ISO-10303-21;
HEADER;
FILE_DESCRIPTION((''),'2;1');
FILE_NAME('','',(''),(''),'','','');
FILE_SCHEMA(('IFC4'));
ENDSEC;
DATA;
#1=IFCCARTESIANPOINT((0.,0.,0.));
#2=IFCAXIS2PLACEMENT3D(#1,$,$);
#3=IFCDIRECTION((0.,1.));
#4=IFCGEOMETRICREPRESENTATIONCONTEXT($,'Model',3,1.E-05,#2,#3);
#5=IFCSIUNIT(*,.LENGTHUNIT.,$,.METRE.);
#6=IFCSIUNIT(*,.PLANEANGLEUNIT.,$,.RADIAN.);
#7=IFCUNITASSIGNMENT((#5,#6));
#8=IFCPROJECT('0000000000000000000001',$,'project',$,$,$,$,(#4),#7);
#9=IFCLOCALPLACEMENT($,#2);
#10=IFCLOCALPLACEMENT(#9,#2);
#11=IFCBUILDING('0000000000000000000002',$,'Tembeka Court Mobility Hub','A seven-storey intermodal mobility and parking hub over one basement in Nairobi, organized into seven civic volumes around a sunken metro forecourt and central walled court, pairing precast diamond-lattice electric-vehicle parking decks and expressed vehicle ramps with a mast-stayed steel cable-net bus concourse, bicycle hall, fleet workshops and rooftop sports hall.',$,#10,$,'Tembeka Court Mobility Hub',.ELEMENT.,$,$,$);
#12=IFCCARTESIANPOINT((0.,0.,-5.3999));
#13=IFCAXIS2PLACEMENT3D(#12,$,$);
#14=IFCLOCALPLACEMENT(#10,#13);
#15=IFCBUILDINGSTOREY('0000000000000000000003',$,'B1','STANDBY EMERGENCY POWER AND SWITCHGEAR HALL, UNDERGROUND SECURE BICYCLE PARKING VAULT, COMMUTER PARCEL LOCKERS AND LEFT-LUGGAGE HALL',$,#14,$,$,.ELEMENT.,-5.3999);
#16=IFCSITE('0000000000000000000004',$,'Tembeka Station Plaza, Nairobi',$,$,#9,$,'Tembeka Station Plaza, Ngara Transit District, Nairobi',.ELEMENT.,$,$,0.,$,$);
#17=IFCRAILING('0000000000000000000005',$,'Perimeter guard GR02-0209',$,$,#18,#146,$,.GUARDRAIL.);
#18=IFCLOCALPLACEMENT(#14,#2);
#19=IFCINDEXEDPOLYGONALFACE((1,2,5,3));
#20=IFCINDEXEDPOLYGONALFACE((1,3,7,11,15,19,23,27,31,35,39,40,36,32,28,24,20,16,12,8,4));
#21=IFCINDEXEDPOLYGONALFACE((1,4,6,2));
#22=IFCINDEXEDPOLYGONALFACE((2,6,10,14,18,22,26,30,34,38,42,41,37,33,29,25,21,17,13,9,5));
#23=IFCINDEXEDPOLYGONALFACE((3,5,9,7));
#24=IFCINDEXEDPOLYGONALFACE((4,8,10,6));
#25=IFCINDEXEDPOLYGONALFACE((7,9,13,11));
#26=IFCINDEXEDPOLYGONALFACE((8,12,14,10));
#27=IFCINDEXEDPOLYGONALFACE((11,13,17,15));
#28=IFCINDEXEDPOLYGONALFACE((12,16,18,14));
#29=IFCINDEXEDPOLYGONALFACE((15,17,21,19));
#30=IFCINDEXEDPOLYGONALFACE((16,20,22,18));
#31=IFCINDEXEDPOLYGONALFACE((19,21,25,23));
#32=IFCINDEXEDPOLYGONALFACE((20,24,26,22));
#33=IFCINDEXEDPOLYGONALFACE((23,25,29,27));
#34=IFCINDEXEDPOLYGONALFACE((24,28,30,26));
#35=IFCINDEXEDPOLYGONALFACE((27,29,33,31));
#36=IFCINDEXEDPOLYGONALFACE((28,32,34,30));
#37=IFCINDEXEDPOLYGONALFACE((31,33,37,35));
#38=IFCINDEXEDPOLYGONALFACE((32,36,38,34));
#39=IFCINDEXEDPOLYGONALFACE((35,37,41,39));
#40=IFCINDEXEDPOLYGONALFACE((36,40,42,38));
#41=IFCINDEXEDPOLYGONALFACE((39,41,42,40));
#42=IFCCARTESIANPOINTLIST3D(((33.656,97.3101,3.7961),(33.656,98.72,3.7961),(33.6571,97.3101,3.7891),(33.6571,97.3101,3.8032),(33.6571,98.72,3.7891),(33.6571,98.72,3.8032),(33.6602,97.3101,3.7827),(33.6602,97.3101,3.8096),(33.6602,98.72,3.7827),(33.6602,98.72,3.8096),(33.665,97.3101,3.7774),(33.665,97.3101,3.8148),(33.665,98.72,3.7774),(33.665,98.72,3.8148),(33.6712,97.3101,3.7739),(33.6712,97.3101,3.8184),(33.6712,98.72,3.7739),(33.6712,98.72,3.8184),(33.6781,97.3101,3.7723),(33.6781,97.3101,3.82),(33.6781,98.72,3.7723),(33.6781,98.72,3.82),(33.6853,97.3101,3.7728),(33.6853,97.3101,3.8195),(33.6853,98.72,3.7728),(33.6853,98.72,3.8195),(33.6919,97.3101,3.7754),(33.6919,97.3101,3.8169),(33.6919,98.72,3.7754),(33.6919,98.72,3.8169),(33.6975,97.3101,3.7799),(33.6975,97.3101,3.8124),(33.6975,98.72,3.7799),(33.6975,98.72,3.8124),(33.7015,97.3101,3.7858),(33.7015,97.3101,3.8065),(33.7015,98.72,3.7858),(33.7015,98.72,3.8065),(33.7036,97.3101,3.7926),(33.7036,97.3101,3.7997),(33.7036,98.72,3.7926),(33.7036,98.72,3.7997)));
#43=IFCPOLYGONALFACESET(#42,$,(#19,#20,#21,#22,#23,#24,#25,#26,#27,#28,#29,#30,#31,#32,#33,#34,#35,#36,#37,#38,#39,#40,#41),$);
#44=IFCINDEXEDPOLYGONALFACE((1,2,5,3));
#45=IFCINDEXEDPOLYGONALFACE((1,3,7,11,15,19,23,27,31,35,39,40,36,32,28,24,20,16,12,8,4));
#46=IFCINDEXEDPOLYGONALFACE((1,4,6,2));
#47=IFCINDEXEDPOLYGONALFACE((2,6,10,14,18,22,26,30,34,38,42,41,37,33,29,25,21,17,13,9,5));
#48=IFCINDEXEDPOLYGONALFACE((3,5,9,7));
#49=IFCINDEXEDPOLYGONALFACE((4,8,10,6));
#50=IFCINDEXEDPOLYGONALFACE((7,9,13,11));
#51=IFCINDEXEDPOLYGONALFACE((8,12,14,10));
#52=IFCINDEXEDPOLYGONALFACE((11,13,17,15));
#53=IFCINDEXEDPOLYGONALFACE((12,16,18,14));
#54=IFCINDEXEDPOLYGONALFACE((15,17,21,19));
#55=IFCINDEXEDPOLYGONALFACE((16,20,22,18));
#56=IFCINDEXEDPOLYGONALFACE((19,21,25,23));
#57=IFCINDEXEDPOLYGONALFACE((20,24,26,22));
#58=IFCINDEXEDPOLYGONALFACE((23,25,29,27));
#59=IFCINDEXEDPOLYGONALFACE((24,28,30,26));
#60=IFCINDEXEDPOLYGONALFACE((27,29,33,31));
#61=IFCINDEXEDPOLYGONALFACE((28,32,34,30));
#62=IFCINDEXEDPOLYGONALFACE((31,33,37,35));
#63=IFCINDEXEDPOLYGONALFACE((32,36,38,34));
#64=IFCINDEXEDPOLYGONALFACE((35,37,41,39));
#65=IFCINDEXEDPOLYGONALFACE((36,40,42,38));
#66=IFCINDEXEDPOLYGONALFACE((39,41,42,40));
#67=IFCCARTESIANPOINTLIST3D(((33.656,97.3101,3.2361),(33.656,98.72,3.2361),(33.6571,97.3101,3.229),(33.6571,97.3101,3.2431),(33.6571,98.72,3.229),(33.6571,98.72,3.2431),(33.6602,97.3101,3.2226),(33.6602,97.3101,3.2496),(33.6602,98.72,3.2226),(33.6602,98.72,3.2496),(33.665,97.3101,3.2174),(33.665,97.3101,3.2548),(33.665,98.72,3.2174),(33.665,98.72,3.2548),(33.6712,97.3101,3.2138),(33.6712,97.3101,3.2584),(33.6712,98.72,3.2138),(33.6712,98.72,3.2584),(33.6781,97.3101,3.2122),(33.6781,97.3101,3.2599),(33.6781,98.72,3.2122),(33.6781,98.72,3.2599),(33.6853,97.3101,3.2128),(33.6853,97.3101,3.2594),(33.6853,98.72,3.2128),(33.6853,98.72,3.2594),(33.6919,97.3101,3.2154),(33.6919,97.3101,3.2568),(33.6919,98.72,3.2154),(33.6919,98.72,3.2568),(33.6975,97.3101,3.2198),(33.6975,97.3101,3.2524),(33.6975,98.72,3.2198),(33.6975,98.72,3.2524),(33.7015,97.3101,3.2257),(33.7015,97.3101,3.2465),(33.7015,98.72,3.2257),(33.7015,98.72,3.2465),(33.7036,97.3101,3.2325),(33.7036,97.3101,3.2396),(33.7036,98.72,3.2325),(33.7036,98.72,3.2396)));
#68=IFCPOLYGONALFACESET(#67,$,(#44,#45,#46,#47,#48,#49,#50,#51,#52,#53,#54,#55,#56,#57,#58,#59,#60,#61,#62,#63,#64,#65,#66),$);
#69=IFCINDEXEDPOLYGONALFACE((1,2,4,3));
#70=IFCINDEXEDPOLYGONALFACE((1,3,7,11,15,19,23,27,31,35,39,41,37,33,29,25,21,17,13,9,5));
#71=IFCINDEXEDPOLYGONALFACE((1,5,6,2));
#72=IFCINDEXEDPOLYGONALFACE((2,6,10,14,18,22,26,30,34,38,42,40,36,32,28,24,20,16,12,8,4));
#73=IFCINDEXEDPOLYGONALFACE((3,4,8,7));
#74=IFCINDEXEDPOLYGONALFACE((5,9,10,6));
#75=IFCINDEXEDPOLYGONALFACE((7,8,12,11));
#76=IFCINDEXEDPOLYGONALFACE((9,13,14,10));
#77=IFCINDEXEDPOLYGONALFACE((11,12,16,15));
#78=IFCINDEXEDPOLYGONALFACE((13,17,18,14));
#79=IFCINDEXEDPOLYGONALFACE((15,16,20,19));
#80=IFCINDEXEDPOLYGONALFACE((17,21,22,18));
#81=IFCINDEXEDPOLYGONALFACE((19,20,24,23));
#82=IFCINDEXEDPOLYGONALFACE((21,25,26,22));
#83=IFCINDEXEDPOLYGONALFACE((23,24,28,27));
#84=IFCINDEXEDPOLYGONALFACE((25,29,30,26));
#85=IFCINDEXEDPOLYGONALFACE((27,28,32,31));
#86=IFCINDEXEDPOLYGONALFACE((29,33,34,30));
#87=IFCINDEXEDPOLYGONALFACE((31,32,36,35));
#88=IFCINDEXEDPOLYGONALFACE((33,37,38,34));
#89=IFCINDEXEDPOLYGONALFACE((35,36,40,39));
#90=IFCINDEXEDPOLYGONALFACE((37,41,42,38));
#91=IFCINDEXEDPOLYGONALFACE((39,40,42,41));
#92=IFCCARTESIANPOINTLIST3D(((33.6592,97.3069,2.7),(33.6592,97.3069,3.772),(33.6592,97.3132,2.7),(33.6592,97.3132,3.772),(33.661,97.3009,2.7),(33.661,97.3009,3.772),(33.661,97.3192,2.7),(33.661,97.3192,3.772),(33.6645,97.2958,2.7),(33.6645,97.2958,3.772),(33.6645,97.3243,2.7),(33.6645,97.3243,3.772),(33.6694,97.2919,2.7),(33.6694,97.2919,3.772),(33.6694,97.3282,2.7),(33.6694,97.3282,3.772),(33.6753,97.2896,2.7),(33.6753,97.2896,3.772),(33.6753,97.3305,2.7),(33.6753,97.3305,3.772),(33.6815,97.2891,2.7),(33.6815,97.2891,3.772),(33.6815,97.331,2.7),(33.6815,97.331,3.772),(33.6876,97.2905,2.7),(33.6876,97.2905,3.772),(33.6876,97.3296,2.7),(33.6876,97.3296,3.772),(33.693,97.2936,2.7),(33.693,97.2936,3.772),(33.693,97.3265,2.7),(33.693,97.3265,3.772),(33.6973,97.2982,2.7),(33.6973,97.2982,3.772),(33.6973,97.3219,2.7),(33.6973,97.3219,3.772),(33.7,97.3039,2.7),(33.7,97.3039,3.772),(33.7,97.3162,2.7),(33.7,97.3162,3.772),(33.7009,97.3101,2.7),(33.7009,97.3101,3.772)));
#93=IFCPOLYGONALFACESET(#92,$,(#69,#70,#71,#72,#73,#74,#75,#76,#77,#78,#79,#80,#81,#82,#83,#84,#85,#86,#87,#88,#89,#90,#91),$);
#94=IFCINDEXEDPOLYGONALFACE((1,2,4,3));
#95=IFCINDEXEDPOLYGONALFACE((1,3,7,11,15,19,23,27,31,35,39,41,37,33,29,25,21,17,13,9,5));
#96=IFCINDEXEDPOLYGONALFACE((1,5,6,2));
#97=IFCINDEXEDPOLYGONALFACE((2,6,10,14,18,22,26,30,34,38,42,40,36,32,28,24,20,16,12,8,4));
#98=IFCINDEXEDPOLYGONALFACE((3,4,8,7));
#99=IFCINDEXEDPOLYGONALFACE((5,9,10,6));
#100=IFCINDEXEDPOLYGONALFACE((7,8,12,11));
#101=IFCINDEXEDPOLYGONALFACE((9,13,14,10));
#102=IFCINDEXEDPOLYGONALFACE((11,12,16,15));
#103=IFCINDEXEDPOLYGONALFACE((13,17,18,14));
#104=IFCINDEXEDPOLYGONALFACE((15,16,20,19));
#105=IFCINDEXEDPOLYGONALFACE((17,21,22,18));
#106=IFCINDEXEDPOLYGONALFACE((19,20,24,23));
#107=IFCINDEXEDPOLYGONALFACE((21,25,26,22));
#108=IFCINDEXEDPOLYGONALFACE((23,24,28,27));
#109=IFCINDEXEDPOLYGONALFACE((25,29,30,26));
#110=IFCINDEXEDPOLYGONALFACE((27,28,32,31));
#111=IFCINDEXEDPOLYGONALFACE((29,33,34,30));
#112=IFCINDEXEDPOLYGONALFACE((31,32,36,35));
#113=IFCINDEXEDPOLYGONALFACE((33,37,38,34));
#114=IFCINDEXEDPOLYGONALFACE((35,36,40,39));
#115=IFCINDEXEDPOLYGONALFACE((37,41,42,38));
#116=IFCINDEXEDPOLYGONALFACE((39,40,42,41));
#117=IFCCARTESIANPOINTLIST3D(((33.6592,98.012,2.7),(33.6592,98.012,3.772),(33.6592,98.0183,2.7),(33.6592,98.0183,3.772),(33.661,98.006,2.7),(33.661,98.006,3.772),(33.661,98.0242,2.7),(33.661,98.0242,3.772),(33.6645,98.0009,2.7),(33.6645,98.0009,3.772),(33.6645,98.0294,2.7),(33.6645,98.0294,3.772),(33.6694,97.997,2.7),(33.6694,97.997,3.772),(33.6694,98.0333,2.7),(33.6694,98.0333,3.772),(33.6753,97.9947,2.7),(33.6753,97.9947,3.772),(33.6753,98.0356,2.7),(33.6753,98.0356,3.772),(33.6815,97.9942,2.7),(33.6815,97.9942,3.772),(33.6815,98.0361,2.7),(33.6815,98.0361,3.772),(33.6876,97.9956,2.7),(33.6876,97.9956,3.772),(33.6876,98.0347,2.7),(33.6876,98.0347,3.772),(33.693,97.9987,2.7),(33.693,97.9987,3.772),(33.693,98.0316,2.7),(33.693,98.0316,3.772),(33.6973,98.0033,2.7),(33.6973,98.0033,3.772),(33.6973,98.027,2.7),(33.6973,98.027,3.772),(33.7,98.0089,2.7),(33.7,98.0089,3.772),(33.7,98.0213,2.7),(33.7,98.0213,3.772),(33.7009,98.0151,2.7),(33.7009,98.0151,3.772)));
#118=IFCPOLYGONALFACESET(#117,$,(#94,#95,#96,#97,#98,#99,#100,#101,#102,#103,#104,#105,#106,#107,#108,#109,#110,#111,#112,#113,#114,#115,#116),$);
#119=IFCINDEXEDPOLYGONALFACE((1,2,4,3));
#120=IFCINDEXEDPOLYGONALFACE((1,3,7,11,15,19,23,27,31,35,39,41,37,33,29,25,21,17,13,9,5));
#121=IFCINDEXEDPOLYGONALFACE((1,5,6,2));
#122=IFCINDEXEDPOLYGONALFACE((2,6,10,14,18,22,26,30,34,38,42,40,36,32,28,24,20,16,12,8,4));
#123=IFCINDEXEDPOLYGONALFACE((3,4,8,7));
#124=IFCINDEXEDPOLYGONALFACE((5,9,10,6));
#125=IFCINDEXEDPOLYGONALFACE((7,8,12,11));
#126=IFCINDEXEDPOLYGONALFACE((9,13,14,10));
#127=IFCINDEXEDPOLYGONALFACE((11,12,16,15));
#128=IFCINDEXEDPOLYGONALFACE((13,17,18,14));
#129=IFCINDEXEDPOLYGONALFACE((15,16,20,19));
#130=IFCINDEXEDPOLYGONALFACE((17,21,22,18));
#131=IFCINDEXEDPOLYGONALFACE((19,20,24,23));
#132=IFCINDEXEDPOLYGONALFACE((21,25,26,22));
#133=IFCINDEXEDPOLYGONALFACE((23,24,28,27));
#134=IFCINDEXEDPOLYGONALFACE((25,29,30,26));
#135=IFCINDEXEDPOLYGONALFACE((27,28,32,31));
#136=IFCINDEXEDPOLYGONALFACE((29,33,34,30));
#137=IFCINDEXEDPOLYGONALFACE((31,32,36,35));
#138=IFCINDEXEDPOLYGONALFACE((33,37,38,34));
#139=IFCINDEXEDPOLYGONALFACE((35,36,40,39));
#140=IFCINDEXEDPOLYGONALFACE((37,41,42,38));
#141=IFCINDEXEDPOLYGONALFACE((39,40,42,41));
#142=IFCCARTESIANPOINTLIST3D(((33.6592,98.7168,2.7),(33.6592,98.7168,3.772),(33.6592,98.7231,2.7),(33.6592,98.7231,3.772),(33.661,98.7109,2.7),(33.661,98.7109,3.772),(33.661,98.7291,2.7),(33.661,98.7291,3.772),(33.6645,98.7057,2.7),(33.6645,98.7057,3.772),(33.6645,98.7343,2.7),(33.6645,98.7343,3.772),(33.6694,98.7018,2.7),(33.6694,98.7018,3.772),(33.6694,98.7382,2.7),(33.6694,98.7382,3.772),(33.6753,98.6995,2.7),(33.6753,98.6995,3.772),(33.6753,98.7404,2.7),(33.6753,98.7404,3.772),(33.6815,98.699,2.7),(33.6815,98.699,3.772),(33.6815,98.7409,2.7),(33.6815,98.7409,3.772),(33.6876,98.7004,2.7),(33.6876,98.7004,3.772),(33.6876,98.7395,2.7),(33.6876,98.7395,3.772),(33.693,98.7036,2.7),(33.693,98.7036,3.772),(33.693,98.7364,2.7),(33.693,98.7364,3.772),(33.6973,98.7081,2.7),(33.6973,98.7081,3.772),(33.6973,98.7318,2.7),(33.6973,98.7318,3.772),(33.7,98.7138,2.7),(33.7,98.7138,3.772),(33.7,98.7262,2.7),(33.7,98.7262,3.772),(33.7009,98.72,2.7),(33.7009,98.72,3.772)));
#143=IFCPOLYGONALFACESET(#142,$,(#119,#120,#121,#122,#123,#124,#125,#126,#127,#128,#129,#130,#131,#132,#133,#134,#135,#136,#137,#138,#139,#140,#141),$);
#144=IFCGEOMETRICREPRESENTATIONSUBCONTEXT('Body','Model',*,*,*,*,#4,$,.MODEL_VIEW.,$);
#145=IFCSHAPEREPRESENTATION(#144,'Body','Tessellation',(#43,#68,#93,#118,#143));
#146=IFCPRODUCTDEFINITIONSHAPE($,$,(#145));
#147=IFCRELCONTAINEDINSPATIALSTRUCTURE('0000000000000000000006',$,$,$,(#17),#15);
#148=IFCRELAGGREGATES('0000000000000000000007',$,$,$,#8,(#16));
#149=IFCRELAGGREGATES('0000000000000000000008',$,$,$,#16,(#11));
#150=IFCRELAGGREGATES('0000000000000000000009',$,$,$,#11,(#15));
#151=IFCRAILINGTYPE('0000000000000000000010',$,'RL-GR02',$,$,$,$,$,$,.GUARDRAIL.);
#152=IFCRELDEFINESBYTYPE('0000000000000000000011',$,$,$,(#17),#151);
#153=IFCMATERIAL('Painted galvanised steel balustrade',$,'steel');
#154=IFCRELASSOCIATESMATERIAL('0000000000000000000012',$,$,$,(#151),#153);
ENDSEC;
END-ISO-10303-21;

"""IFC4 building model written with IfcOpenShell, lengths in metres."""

from ifc_helpers import new_model, si_unit, direction, frame, origin, origin_2d, place, context, subcontext, project, spatial, circle, extrude, material, type_object, element, save


model = new_model("IFC4")

# Units and contexts
model_context = context("Model", 3, precision=1e-05, world=origin(), true_north=direction((0.0, 1.0)))
body_context = subcontext(model_context, "Body", "Model", "MODEL_VIEW")
ifc_project = project(units=[si_unit("LENGTHUNIT", "METRE"), si_unit("PLANEANGLEUNIT", "RADIAN")], contexts=[model_context])

# Site, building, storey
site_placement = place(None, origin())
site = spatial("IfcSite", under=ifc_project, at=site_placement, Name="Tembeka Station Plaza, Nairobi", LongName="Tembeka Station Plaza, Ngara Transit District, Nairobi", CompositionType="ELEMENT", RefElevation=0.0)
building_placement = place(site_placement, origin())
building = spatial("IfcBuilding", under=site, at=building_placement, Name="Tembeka Court Mobility Hub", Description="A seven-storey intermodal mobility and parking hub over one basement in Nairobi, organized into seven civic volumes around a sunken metro forecourt and central walled court, pairing precast diamond-lattice electric-vehicle parking decks and expressed vehicle ramps with a mast-stayed steel cable-net bus concourse, bicycle hall, fleet workshops and rooftop sports hall.", LongName="Tembeka Court Mobility Hub", CompositionType="ELEMENT")
storey_placement = place(building_placement, frame((0.0, 0.0, -5.3999)))
storey = spatial("IfcBuildingStorey", under=building, at=storey_placement, Name="B1", Description="STANDBY EMERGENCY POWER AND SWITCHGEAR HALL, UNDERGROUND SECURE BICYCLE PARKING VAULT, COMMUTER PARCEL LOCKERS AND LEFT-LUGGAGE HALL", CompositionType="ELEMENT", Elevation=-5.3999)

# Railing
ifc_material_1 = material(Name="Painted galvanised steel balustrade", Category="steel")
railing_type = type_object("IfcRailingType", Name="RL-GR02", PredefinedType="GUARDRAIL", material=ifc_material_1)
railing_1_placement = place(storey_placement, frame((33.6799, 97.3101, 2.7)))
element("IfcRailing", 1, at=railing_1_placement, inside=storey, type_object=railing_type, Name="Perimeter guard GR02-0209", PredefinedType="GUARDRAIL", context=body_context, shape_type="SweptSolid", body=[
    extrude(circle(Radius=0.0239, at=origin_2d()), frame((0.0, 0.0, 1.0962), z_axis=(0.0, 1.0, 0.0), x_axis=(-1.0, 0.0, 0.0)), (0.0, 0.0, 1.0), 1.4099),
    extrude(circle(Radius=0.0239, at=origin_2d()), frame((0.0, 0.0, 0.5361), z_axis=(0.0, 1.0, 0.0), x_axis=(-1.0, 0.0, 0.0)), (0.0, 0.0, 1.0), 1.4099),
    extrude(circle(Radius=0.021, at=origin_2d()), origin(), (0.0, 0.0, 1.0), 1.072),
    extrude(circle(Radius=0.021, at=origin_2d()), frame((0.0, 0.7051, 0.0)), (0.0, 0.0, 1.0), 1.072),
    extrude(circle(Radius=0.021, at=origin_2d()), frame((0.0, 1.4099, 0.0)), (0.0, 0.0, 1.0), 1.072),
])

save(model, "model.ifc")
